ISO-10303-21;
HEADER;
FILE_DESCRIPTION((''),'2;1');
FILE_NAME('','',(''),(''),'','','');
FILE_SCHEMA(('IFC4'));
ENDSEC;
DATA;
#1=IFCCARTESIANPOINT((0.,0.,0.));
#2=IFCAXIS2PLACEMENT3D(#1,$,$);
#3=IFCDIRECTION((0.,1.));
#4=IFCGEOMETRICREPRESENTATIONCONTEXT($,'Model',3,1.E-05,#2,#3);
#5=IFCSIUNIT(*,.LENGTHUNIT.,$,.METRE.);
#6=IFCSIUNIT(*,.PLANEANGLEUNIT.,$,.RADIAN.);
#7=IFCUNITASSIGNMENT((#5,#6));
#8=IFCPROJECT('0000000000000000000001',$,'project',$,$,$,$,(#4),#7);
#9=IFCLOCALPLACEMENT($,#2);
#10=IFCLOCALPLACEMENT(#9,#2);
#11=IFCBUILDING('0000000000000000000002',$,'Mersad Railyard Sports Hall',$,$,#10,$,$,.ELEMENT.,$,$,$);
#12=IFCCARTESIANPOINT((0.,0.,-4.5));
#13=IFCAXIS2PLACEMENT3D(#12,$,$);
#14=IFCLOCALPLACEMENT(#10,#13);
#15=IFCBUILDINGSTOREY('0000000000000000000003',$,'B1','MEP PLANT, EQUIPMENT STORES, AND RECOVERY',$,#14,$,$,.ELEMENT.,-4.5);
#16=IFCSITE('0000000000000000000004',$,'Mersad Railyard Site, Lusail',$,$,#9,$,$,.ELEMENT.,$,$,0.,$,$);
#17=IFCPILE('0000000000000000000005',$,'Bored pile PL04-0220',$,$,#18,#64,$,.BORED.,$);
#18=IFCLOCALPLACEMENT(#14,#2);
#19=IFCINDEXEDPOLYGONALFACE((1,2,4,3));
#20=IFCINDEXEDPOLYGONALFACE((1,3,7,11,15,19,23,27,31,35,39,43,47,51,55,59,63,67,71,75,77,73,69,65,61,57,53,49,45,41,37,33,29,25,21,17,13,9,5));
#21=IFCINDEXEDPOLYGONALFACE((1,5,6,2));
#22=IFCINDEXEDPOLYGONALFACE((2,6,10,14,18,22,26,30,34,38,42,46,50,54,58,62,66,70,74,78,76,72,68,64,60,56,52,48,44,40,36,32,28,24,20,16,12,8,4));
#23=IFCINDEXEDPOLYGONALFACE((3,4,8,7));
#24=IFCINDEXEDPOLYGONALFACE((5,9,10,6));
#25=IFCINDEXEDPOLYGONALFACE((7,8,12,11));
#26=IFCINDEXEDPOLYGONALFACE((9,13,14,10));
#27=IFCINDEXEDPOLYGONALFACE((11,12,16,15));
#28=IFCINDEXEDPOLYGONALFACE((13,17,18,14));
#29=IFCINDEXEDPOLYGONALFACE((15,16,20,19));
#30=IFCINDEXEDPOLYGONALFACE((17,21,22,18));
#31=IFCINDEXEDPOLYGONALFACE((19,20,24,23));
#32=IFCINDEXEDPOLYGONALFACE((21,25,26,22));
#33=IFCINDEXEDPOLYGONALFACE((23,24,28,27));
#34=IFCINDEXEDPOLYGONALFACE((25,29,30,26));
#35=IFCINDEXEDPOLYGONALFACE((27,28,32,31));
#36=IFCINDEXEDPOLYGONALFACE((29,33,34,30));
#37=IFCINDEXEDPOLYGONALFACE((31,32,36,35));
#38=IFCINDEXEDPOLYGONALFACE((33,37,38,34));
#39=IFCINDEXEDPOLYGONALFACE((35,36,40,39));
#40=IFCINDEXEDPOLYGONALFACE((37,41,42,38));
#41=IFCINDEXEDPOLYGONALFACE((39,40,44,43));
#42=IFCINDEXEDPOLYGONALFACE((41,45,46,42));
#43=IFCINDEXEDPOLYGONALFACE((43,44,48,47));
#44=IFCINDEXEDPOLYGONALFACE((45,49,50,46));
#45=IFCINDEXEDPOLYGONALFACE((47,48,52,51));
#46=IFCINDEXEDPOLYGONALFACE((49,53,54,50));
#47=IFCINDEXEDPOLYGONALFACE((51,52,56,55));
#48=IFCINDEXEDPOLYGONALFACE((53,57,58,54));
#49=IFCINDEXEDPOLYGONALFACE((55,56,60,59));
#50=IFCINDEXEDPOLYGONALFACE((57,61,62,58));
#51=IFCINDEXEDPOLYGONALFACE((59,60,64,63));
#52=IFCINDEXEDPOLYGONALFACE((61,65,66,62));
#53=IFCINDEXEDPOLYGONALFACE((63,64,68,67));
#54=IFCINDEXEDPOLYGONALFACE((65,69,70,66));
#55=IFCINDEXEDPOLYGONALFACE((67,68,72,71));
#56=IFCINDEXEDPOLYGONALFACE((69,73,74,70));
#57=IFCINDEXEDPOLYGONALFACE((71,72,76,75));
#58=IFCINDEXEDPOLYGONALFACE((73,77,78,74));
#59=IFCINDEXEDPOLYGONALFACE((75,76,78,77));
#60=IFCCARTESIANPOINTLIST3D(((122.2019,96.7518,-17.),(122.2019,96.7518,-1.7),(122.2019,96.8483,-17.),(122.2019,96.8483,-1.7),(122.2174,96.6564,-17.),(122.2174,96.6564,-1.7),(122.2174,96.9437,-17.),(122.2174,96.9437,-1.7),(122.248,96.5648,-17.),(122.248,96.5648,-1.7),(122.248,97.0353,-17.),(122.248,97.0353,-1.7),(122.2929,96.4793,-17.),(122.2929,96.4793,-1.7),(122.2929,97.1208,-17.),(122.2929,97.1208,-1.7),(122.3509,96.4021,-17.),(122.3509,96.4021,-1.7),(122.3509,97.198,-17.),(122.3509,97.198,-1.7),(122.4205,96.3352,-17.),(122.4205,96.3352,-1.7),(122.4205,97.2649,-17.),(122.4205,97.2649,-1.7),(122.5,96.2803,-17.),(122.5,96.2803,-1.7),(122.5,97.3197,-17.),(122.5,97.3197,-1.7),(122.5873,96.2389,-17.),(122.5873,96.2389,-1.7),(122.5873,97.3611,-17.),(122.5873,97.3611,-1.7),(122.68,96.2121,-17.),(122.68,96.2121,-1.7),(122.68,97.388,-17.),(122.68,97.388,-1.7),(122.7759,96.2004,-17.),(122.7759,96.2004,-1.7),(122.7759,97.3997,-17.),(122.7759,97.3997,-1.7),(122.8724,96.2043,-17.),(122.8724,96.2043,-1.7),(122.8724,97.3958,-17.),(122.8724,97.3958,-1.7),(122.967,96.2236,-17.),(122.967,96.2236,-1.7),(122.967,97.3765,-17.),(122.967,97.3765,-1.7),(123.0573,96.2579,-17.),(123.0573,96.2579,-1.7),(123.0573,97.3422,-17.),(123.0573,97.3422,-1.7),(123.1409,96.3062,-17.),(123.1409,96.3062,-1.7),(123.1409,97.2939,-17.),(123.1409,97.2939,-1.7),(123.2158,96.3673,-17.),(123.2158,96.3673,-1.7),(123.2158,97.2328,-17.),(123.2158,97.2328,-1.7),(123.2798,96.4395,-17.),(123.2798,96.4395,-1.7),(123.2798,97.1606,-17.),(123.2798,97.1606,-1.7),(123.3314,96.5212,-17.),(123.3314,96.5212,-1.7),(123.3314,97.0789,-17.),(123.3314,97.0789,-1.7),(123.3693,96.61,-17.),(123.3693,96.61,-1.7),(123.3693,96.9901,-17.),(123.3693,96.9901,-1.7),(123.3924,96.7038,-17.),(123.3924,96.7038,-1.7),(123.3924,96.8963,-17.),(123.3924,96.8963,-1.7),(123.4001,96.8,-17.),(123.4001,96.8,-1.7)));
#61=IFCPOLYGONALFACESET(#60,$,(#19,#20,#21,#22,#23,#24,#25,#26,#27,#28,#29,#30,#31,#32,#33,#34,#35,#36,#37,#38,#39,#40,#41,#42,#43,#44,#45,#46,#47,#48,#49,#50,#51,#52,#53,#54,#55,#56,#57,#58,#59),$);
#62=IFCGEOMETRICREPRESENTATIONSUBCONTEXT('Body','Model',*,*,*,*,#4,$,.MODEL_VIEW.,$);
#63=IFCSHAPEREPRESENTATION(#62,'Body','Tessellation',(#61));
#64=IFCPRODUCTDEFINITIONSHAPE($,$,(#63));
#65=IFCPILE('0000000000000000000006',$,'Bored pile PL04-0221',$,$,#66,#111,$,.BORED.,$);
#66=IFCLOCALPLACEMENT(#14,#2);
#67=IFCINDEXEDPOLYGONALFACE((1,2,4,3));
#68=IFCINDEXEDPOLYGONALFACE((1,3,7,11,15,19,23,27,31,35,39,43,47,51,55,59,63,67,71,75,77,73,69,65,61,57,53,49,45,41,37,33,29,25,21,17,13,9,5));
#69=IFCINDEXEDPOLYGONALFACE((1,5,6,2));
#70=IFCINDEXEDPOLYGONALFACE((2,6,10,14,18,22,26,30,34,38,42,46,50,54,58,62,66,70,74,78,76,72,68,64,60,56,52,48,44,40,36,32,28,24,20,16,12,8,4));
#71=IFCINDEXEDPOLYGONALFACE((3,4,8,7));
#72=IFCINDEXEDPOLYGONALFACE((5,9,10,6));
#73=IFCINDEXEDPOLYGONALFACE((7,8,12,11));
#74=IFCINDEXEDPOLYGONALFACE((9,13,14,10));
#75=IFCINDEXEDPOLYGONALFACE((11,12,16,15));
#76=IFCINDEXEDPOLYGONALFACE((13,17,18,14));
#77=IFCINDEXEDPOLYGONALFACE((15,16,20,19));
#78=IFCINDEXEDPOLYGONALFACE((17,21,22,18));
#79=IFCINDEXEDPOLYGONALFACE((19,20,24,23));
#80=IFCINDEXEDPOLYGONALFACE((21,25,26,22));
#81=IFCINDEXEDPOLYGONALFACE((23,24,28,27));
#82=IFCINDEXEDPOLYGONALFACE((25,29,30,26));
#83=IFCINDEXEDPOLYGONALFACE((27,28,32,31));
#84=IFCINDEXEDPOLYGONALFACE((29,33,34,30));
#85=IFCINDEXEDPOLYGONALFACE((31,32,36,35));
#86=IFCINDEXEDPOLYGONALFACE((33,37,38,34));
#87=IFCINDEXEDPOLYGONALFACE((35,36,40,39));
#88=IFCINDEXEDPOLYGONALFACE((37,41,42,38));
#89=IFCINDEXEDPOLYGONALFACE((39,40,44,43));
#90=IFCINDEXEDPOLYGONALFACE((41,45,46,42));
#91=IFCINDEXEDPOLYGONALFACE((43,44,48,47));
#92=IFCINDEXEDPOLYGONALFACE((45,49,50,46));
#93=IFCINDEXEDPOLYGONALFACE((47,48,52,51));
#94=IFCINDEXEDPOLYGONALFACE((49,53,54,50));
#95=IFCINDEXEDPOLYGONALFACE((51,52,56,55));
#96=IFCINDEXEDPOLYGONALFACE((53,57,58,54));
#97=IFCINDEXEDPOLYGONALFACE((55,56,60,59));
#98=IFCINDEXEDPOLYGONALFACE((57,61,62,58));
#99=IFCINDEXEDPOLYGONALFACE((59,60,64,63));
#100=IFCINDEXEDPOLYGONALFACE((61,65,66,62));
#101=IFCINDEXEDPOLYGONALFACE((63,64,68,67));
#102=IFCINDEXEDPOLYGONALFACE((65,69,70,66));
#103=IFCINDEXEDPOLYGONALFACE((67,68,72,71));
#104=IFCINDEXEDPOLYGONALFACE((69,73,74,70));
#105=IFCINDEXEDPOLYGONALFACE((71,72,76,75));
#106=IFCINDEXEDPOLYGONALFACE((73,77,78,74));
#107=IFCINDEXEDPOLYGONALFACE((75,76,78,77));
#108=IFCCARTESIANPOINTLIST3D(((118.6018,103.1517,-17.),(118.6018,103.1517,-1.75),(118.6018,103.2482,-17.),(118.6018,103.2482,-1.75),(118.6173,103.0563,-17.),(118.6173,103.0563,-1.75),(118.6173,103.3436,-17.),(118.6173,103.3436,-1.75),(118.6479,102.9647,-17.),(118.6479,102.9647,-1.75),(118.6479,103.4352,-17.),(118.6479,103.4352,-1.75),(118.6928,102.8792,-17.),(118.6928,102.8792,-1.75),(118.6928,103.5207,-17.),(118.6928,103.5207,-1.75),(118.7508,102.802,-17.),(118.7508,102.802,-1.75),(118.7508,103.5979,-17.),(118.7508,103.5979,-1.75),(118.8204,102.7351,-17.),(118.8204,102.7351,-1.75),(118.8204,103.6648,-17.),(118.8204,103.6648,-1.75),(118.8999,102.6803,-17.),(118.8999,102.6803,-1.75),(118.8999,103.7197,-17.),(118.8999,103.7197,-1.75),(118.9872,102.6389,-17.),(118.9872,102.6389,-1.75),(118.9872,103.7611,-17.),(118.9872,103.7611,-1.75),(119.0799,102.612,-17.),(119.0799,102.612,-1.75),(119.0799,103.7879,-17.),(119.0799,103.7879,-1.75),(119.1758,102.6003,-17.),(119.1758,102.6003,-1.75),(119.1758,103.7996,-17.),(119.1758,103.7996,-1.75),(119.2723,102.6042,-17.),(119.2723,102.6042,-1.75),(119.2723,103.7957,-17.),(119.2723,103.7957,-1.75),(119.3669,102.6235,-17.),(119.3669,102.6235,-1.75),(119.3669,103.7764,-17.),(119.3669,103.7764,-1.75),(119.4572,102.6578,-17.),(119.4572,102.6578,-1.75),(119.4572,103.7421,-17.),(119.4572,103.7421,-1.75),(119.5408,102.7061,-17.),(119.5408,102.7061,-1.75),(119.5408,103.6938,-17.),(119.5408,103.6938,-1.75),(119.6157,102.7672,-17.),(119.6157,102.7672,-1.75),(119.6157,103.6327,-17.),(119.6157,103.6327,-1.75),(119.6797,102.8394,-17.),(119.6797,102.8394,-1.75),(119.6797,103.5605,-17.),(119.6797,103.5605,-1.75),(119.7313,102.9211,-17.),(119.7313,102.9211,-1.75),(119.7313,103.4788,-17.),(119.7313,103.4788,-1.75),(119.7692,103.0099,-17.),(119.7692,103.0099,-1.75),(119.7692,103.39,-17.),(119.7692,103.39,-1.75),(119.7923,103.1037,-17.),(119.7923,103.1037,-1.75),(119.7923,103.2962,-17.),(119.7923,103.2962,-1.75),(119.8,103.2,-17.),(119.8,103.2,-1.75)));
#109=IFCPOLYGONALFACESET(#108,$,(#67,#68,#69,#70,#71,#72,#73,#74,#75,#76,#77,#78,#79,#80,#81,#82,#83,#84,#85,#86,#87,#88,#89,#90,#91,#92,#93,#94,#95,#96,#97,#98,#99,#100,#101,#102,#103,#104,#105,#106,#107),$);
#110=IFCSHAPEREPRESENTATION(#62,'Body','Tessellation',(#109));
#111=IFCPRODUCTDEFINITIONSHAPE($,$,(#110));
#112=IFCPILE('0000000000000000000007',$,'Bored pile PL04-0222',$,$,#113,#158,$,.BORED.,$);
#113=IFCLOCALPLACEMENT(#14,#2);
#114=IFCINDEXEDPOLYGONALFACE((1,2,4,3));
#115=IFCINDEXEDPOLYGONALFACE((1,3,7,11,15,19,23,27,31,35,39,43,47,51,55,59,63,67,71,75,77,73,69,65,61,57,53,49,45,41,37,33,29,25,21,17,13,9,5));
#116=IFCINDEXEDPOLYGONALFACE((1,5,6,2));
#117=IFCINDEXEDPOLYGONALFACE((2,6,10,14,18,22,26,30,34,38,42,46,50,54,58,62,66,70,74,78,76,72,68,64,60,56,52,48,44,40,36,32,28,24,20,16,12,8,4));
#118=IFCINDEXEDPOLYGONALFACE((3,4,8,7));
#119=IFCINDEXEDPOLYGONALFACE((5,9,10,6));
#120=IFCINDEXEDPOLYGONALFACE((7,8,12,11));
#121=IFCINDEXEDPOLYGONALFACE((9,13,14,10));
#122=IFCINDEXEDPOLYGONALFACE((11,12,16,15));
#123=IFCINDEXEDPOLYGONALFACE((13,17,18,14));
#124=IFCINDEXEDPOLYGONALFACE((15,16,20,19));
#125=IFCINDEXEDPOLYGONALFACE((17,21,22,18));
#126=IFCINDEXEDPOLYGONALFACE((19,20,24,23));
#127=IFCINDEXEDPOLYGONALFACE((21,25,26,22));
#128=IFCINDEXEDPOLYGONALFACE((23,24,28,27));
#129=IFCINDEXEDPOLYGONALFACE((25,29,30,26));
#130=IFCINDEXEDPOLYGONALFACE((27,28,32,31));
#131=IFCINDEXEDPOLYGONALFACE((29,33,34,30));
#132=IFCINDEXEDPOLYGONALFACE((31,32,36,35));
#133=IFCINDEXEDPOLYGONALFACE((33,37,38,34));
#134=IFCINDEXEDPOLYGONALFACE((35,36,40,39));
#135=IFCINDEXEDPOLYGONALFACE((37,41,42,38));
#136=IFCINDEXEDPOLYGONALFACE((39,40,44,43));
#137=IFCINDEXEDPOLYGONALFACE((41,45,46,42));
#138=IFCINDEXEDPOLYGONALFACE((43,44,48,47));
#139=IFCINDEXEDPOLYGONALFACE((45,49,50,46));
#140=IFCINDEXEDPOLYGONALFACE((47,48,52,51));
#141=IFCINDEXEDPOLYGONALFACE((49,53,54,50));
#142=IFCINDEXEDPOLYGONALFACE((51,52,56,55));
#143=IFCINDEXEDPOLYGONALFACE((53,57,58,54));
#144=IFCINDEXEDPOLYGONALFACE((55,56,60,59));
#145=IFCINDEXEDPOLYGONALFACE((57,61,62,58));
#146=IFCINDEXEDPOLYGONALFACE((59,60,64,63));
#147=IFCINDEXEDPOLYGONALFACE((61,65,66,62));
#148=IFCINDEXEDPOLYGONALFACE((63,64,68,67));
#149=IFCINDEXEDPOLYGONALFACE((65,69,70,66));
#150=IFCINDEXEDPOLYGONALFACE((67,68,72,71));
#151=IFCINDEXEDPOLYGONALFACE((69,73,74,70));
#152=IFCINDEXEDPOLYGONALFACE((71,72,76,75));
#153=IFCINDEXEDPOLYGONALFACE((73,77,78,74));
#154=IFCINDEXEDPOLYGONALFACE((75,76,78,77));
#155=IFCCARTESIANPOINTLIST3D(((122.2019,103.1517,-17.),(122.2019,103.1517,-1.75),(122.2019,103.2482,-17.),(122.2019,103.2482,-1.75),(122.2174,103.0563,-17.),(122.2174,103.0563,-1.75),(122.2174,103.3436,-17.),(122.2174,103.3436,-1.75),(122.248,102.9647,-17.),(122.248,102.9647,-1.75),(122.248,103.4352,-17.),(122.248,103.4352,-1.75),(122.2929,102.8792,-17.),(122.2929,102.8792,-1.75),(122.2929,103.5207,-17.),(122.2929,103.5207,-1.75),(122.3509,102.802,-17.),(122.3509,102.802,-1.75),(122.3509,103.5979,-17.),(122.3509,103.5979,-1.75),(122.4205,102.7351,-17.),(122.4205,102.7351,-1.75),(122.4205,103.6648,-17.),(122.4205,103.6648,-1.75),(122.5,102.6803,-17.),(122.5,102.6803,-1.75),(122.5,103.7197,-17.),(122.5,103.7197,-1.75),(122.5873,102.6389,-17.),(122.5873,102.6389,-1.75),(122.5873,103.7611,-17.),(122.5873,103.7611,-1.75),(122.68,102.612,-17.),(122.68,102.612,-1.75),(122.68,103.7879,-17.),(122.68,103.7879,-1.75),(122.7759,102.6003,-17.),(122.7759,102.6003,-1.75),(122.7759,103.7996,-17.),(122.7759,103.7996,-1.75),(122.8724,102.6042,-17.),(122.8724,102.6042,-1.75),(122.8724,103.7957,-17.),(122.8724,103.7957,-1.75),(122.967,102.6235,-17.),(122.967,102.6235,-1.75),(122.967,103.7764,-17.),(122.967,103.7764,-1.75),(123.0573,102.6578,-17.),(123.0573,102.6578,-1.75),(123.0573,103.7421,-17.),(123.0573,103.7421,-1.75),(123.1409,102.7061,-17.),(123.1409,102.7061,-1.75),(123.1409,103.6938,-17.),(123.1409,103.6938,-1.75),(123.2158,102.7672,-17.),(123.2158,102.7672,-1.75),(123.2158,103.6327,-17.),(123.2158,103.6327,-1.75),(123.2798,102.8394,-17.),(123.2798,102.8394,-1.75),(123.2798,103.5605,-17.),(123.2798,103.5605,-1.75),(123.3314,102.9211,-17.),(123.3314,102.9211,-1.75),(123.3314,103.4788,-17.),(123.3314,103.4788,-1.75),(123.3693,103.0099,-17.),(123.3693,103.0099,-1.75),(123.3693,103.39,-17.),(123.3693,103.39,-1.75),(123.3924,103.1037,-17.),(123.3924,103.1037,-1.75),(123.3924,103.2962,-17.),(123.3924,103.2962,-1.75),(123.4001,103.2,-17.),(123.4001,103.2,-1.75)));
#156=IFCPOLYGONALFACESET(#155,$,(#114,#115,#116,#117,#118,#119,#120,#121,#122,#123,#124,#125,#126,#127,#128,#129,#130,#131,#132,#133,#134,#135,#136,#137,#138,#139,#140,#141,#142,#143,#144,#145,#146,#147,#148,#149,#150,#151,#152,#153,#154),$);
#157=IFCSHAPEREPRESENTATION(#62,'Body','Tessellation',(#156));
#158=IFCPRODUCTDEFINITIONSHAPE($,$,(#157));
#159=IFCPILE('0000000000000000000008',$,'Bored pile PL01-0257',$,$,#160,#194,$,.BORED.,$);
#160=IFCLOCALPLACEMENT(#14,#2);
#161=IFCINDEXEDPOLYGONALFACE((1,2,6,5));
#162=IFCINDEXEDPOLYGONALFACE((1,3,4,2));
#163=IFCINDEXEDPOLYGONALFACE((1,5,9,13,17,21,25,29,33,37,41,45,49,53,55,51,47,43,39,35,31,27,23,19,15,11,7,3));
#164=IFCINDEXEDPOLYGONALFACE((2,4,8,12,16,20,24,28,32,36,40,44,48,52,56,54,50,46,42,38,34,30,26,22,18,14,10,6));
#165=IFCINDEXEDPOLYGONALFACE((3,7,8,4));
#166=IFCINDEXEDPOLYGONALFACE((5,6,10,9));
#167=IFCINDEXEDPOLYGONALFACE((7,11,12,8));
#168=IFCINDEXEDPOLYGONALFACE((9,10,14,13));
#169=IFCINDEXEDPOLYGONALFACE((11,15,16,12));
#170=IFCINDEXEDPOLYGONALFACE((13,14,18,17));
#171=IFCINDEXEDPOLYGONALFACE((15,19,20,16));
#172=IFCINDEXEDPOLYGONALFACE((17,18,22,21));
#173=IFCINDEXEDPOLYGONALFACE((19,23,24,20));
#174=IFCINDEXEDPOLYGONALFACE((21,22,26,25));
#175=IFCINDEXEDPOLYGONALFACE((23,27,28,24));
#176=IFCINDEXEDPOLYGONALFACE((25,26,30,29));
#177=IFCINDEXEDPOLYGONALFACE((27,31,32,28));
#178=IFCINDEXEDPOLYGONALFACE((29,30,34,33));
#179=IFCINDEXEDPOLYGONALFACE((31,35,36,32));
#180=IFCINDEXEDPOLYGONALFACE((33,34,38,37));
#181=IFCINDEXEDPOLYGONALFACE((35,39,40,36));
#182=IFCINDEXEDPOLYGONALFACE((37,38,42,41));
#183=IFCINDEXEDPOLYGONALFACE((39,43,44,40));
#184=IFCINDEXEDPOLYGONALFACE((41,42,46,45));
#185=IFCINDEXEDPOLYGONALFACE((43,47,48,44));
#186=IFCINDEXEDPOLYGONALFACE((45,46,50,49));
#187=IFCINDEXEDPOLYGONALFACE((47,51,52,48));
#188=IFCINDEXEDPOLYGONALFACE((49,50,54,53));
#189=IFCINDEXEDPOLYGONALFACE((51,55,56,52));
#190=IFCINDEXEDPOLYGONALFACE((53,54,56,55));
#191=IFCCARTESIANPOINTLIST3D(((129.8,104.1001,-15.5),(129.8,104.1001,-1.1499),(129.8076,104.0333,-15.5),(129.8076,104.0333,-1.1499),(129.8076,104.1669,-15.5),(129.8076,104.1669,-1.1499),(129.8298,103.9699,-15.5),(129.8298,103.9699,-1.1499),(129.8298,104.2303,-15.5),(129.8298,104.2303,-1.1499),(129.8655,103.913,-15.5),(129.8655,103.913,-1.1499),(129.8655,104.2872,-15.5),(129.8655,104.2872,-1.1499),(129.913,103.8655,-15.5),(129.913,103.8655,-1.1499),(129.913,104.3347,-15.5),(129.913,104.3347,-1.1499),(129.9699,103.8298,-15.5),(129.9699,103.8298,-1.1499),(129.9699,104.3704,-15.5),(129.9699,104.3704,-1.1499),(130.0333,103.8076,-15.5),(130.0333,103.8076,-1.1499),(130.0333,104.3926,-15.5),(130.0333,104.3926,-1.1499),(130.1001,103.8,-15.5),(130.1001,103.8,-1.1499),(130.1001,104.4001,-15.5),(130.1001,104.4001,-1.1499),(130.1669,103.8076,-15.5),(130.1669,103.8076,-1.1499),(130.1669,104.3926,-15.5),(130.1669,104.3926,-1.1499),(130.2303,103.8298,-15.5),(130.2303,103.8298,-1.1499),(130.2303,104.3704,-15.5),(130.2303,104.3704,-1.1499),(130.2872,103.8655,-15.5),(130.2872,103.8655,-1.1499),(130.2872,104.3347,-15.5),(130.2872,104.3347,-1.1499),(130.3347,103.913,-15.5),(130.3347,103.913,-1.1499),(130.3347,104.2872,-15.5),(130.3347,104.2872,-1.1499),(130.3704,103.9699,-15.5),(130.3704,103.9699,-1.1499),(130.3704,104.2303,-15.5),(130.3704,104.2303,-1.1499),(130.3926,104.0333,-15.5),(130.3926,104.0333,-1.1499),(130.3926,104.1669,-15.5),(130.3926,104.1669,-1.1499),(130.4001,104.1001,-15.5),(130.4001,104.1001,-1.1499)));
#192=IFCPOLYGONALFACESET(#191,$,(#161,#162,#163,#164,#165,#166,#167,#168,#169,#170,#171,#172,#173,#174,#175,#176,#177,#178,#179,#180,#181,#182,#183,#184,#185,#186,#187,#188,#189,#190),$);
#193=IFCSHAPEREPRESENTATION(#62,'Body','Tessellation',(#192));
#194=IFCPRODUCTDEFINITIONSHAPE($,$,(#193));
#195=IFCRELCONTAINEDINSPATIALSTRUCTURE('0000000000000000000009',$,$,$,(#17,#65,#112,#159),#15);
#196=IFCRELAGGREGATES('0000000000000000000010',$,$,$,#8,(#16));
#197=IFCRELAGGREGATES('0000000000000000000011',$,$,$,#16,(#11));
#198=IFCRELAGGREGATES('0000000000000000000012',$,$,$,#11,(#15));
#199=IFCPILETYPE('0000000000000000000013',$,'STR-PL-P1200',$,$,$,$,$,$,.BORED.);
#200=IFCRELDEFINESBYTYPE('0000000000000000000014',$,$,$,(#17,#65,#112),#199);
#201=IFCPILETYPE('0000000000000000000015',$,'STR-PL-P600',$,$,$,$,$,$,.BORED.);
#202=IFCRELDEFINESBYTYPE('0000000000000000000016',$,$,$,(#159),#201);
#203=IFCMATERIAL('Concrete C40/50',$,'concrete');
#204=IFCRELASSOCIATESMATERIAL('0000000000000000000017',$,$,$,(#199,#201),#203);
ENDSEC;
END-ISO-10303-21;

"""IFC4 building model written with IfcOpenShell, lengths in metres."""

from ifc_helpers import new_model, si_unit, direction, frame, origin, origin_2d, place, context, subcontext, project, spatial, circle, extrude, material, material_profile, profile_set, type_object, element, save


model = new_model("IFC4")

# Units and contexts
model_context = context("Model", 3, precision=1e-05, world=origin(), true_north=direction((0.0, 1.0)))
body_context = subcontext(model_context, "Body", "Model", "MODEL_VIEW")
ifc_project = project(units=[si_unit("LENGTHUNIT", "METRE"), si_unit("PLANEANGLEUNIT", "RADIAN")], contexts=[model_context])

# Site, building, storey
site_placement = place(None, origin())
site = spatial("IfcSite", under=ifc_project, at=site_placement, Name="Mersad Railyard Site, Lusail", CompositionType="ELEMENT", RefElevation=0.0)
building_placement = place(site_placement, origin())
building = spatial("IfcBuilding", under=site, at=building_placement, Name="Mersad Railyard Sports Hall", CompositionType="ELEMENT")
storey_placement = place(building_placement, frame((0.0, 0.0, -4.5)))
storey = spatial("IfcBuildingStorey", under=building, at=storey_placement, Name="B1", Description="MEP PLANT, EQUIPMENT STORES, AND RECOVERY", CompositionType="ELEMENT", Elevation=-4.5)

# Shared definitions
ifc_material_1 = material(Name="Concrete C40/50", Category="concrete")

# Piles
ifc_material_profile_1 = material_profile(ifc_material_1, circle(Radius=0.6001, at=origin_2d()), Name="BORED PILE D1200")
ifc_profile_set_1 = profile_set([ifc_material_profile_1], Name="Concrete C40/50")
pile_type_1 = type_object("IfcPileType", Name="STR-PL-P1200", PredefinedType="BORED", material=ifc_profile_set_1)
for number, where, z_axis, x_axis, name in (
    (1, (122.8, 96.8, -1.7), (0.0, 0.0, -1.0), (1.0, 0.0, 0.0), "Bored pile PL04-0220"),
):
    element("IfcPile", number, at=place(storey_placement, frame(where, z_axis=z_axis, x_axis=x_axis)), inside=storey, type_object=pile_type_1, Name=name, PredefinedType="BORED", context=body_context, shape_type="SweptSolid", body=[
        extrude(circle(Radius=0.6001, at=origin_2d()), origin(), (0.0, 0.0, 1.0), 15.3),
    ])
for number, where, z_axis, x_axis, name in (
    (2, (119.2, 103.2, -1.75), (0.0, 0.0, -1.0), (1.0, 0.0, 0.0), "Bored pile PL04-0221"),
    (3, (122.8, 103.2, -1.75), (0.0, 0.0, -1.0), (1.0, 0.0, 0.0), "Bored pile PL04-0222"),
):
    element("IfcPile", number, at=place(storey_placement, frame(where, z_axis=z_axis, x_axis=x_axis)), inside=storey, type_object=pile_type_1, Name=name, PredefinedType="BORED", context=body_context, shape_type="SweptSolid", body=[
        extrude(circle(Radius=0.6001, at=origin_2d()), origin(), (0.0, 0.0, 1.0), 15.25),
    ])
ifc_material_profile_2 = material_profile(ifc_material_1, circle(Radius=0.3, at=origin_2d()), Name="BORED PILE D600")
ifc_profile_set_2 = profile_set([ifc_material_profile_2], Name="Concrete C40/50")
pile_type_2 = type_object("IfcPileType", Name="STR-PL-P600", PredefinedType="BORED", material=ifc_profile_set_2)
pile_1_placement = place(storey_placement, frame((130.1001, 104.1001, -1.1499), z_axis=(0.0, 0.0, -1.0), x_axis=(1.0, 0.0, 0.0)))
element("IfcPile", 4, at=pile_1_placement, inside=storey, type_object=pile_type_2, Name="Bored pile PL01-0257", PredefinedType="BORED", context=body_context, shape_type="SweptSolid", body=[
    extrude(circle(Radius=0.3, at=origin_2d()), origin(), (0.0, 0.0, 1.0), 14.3501),
])

save(model, "model.ifc")
